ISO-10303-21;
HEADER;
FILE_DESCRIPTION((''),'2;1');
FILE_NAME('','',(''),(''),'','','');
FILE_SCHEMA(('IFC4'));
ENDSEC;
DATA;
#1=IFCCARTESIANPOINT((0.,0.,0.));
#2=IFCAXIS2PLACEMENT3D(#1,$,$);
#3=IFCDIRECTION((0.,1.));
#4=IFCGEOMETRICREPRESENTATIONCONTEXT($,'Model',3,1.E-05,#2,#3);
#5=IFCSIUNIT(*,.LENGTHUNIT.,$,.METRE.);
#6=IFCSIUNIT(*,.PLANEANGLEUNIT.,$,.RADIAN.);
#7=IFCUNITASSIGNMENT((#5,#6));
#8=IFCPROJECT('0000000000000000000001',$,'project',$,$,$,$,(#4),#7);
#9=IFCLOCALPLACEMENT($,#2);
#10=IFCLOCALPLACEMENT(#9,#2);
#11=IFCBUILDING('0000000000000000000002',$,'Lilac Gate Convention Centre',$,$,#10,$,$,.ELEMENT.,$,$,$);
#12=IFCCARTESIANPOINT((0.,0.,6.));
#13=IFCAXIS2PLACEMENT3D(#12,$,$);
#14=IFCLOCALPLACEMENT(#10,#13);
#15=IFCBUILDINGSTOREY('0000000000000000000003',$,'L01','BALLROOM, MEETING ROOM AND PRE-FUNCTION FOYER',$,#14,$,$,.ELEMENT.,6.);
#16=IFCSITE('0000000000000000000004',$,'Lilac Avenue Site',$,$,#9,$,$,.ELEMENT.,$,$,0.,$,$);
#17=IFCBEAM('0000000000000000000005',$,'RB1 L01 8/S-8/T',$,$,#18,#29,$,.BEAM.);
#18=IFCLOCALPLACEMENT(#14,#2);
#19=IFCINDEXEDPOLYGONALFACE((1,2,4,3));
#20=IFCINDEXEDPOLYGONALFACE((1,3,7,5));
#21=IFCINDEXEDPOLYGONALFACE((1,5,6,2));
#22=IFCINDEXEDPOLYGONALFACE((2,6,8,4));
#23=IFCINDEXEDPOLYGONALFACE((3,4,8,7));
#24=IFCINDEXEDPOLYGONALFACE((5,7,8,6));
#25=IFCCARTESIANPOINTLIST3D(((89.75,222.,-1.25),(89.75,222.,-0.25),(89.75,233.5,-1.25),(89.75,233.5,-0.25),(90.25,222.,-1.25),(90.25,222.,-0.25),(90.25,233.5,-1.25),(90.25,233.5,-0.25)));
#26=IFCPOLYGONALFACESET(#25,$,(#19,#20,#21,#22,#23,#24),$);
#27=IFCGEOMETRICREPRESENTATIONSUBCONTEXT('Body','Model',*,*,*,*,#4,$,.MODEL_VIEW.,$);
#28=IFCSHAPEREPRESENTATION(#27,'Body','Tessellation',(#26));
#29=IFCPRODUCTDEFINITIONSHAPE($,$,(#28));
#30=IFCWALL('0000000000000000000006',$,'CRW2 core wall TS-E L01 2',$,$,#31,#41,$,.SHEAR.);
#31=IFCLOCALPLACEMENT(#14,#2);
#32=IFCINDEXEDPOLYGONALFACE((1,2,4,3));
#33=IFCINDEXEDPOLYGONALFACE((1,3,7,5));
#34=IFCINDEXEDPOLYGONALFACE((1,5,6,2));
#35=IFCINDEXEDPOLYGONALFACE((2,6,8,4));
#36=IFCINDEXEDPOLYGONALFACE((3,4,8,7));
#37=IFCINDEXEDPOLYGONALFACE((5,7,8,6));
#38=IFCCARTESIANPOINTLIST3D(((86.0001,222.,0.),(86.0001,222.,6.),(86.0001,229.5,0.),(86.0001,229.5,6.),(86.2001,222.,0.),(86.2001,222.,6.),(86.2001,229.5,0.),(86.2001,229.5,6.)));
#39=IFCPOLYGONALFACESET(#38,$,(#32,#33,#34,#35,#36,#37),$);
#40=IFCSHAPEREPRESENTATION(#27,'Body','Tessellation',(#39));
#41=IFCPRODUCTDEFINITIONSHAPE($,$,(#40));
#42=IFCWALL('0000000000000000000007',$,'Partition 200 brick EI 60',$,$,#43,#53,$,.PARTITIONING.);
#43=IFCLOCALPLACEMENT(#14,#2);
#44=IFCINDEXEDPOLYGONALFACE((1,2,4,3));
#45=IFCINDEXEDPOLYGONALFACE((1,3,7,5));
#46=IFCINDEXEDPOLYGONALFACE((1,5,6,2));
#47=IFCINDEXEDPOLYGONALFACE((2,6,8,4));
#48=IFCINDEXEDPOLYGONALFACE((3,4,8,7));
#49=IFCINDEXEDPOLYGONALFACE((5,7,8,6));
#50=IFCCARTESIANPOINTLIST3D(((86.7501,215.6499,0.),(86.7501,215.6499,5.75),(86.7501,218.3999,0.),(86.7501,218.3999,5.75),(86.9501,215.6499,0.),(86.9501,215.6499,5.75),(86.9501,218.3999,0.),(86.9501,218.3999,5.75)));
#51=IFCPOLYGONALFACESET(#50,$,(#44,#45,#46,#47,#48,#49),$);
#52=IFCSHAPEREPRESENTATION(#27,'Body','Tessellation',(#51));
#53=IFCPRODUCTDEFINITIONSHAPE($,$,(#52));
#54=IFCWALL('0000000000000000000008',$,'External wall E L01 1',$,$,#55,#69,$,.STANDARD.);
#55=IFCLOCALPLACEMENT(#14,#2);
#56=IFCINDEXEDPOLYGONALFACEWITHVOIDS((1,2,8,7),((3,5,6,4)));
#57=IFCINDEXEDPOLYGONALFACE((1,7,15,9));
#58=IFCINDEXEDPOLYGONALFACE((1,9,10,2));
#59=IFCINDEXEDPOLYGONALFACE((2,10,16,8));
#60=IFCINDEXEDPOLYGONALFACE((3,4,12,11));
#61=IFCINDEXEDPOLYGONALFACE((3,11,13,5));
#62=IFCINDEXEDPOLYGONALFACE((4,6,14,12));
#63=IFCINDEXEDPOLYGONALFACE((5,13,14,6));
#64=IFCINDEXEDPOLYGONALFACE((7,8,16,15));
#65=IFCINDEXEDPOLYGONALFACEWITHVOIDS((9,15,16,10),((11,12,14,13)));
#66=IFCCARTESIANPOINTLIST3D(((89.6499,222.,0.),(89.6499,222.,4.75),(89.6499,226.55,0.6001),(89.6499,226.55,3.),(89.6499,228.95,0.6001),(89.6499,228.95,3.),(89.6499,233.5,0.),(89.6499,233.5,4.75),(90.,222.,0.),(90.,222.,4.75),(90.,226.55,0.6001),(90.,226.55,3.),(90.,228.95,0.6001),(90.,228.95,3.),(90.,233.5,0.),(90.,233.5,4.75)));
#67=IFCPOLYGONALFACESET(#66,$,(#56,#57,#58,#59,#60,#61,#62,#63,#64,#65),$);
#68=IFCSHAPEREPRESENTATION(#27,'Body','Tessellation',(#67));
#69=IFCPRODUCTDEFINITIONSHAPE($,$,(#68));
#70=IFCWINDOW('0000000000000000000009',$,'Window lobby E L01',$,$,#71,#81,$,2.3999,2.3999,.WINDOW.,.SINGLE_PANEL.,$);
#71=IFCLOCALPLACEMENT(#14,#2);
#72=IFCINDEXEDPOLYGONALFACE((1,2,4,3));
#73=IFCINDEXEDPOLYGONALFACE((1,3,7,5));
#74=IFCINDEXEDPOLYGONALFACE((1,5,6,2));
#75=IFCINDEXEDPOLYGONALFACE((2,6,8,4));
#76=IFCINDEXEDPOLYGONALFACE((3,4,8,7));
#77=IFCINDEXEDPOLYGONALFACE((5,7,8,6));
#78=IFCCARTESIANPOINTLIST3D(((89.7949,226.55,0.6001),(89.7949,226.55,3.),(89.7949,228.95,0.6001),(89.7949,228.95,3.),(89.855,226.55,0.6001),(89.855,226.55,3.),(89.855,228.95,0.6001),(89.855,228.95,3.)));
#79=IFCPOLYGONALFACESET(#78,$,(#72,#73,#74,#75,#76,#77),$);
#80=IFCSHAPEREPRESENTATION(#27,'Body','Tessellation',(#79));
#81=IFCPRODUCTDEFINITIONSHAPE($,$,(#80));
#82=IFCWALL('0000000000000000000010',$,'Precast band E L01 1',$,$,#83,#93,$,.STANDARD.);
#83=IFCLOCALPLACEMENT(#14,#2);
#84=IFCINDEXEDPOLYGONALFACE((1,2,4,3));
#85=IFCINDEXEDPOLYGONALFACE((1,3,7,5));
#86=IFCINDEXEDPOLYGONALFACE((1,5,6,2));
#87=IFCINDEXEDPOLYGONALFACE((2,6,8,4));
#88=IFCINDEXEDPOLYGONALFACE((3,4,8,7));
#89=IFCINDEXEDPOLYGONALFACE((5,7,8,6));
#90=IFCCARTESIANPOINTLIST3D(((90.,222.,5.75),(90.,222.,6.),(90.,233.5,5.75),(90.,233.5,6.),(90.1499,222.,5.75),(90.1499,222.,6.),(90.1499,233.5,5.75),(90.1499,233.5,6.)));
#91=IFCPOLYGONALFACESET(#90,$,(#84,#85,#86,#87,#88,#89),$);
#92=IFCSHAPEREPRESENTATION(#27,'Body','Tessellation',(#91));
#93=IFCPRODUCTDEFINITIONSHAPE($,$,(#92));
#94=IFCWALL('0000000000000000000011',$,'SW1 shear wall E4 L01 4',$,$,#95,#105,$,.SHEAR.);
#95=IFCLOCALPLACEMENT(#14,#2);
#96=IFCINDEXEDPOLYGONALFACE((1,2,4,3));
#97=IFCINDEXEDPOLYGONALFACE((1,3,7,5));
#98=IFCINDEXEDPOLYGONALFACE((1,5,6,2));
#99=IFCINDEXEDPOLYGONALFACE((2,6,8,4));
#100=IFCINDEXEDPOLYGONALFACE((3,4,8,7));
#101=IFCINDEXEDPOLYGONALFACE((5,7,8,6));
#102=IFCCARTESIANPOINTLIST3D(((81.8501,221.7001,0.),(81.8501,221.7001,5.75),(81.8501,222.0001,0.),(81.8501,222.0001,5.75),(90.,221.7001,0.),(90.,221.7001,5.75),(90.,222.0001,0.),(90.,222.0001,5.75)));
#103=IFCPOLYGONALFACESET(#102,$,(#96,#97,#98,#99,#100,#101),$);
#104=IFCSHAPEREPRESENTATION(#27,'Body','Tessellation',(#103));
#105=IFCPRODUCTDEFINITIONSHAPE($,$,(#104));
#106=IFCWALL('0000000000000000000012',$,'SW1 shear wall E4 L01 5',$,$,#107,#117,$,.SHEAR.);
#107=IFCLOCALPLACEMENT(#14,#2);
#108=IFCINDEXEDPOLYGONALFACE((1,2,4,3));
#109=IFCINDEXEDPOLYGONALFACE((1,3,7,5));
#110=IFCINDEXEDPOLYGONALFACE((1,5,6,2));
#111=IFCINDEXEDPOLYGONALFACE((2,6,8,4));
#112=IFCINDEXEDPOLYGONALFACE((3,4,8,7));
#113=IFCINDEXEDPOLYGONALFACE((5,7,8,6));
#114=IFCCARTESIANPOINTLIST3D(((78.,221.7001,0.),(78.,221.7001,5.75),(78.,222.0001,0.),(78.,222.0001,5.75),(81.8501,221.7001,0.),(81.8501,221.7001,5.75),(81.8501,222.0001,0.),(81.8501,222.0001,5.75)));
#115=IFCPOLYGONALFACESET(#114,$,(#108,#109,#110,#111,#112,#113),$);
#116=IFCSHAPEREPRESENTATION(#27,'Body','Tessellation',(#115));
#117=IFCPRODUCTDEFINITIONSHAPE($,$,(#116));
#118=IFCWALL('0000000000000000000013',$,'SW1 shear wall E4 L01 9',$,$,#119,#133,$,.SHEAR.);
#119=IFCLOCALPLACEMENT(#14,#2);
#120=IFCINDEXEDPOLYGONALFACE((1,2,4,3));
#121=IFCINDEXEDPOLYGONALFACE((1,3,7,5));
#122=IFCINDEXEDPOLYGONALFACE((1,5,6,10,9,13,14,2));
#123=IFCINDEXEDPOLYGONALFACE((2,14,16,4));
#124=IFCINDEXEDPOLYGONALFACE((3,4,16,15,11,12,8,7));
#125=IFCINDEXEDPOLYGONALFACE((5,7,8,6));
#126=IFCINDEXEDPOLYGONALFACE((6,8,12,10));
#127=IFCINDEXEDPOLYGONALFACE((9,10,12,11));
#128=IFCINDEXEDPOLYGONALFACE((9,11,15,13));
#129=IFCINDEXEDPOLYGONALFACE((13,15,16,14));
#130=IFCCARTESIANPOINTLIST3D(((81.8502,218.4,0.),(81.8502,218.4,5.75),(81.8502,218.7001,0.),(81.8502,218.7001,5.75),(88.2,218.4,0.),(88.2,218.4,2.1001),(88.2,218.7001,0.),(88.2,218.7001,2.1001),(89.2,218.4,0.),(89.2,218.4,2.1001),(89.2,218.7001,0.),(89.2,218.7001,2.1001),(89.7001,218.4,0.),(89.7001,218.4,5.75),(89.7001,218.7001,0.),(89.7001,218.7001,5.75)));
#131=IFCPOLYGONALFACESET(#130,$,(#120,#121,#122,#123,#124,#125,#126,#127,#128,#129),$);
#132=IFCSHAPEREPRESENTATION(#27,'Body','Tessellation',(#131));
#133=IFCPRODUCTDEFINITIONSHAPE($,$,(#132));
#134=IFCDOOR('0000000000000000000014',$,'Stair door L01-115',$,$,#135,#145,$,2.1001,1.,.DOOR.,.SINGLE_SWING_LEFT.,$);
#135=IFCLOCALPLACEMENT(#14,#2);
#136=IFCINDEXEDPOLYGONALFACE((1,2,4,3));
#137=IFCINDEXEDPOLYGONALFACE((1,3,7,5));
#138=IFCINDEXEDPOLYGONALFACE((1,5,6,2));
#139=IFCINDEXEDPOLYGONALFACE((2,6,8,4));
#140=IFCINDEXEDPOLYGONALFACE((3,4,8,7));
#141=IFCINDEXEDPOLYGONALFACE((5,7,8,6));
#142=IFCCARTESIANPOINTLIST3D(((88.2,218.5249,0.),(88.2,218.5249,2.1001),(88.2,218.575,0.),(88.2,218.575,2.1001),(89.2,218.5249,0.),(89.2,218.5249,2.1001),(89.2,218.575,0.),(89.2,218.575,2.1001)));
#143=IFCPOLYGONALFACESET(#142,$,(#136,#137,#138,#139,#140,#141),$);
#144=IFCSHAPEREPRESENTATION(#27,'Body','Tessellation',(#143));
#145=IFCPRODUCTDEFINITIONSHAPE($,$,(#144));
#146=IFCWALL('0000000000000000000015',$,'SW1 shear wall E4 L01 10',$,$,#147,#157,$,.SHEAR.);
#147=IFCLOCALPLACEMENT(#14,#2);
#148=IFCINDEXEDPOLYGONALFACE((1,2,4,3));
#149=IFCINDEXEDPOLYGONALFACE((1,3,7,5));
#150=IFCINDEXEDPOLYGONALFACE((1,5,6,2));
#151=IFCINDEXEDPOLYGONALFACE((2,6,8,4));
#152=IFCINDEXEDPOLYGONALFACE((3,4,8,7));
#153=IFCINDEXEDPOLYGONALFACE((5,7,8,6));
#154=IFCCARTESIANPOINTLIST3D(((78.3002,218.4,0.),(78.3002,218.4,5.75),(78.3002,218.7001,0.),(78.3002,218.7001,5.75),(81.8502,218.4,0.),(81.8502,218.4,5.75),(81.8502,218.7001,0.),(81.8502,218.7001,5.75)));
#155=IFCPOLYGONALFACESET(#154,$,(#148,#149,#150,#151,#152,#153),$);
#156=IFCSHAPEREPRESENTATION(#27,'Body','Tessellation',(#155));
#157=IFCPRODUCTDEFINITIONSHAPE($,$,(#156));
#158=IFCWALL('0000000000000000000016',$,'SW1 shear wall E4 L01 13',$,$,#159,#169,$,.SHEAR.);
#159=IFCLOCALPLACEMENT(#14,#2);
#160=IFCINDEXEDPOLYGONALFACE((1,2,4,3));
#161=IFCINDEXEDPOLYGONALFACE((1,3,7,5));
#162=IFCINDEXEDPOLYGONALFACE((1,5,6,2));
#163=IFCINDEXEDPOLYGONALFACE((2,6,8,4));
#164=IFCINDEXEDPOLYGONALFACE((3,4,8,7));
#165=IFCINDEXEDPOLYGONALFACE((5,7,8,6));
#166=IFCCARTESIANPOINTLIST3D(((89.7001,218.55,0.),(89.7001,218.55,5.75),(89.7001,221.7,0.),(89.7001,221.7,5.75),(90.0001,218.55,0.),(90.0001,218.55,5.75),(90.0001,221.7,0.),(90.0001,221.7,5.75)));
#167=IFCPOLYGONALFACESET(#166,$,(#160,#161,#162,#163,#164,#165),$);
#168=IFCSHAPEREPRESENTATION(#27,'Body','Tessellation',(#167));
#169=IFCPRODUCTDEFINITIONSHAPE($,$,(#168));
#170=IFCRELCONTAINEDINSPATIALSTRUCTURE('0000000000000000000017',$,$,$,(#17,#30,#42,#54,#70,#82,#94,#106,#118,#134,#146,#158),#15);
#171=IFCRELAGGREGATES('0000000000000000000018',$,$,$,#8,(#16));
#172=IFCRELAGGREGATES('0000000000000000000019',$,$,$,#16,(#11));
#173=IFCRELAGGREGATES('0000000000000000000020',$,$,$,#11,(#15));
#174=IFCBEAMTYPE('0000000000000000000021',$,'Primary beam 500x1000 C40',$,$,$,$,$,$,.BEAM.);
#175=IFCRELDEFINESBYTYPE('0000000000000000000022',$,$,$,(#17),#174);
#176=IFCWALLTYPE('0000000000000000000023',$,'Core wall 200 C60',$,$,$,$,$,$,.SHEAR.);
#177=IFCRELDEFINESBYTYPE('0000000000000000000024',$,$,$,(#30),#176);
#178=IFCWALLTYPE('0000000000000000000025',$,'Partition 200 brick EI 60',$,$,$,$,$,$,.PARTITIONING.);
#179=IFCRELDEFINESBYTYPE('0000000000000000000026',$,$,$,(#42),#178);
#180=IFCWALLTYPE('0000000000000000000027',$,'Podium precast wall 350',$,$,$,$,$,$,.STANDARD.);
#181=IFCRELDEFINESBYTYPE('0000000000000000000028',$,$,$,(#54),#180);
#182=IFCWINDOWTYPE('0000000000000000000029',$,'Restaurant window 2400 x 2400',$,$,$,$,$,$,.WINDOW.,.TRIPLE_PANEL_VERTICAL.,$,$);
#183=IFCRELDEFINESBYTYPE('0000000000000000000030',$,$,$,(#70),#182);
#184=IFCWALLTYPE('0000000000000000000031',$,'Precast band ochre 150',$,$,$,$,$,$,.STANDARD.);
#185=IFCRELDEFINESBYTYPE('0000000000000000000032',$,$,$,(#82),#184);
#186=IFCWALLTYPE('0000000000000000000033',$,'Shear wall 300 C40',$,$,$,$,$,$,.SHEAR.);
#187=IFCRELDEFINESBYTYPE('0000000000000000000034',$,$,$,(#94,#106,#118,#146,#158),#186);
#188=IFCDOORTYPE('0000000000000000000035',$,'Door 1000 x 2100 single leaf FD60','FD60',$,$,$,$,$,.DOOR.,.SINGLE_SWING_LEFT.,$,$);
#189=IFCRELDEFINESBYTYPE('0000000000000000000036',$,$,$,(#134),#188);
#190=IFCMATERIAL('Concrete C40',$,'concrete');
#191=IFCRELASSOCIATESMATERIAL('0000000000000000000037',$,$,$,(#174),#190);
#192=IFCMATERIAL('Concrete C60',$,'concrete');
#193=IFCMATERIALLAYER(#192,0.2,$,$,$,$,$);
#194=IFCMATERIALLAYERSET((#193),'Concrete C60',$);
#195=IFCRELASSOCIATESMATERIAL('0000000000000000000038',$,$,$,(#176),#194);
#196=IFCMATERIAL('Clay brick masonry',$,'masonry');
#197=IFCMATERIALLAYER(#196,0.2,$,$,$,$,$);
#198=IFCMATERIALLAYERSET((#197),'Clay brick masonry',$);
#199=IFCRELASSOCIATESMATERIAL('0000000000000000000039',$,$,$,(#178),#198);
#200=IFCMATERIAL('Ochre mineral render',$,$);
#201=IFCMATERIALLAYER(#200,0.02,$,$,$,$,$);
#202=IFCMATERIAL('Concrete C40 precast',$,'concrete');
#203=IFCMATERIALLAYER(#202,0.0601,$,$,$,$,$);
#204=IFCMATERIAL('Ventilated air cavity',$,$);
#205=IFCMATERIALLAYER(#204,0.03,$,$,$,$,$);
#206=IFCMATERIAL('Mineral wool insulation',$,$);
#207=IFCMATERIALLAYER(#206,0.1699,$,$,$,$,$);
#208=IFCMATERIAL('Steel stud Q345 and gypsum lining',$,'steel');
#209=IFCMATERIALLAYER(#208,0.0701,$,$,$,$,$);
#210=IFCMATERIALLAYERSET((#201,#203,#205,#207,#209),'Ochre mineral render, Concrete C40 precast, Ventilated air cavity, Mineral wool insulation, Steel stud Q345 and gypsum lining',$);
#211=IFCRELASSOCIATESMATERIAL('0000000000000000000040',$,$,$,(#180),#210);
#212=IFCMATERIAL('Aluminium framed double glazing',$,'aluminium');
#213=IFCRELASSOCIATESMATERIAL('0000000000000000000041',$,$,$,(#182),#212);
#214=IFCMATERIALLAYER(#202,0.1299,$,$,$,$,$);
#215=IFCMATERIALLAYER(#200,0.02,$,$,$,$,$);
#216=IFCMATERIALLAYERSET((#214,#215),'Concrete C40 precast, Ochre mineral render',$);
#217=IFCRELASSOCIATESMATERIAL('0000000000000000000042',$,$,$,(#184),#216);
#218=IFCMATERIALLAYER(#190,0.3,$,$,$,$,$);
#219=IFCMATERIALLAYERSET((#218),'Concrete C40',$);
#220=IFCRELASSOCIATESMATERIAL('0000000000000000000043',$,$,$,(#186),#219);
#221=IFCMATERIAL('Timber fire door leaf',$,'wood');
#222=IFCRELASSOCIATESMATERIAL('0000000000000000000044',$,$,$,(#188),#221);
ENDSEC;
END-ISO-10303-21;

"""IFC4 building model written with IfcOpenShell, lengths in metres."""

from ifc_helpers import new_model, si_unit, direction, frame, frame_2d, origin, origin_2d, place, context, subcontext, project, spatial, rectangle, extrude, material, layer, layer_set, material_profile, profile_set, type_object, element, fill, save


model = new_model("IFC4")

# Units and contexts
model_context = context("Model", 3, precision=1e-05, world=origin(), true_north=direction((0.0, 1.0)))
body_context = subcontext(model_context, "Body", "Model", "MODEL_VIEW")
ifc_project = project(units=[si_unit("LENGTHUNIT", "METRE"), si_unit("PLANEANGLEUNIT", "RADIAN")], contexts=[model_context])

# Site, building, storey
site_placement = place(None, origin())
site = spatial("IfcSite", under=ifc_project, at=site_placement, Name="Lilac Avenue Site", CompositionType="ELEMENT", RefElevation=0.0)
building_placement = place(site_placement, origin())
building = spatial("IfcBuilding", under=site, at=building_placement, Name="Lilac Gate Convention Centre", CompositionType="ELEMENT")
storey_placement = place(building_placement, frame((0.0, 0.0, 6.0)))
storey = spatial("IfcBuildingStorey", under=building, at=storey_placement, Name="L01", Description="BALLROOM, MEETING ROOM AND PRE-FUNCTION FOYER", CompositionType="ELEMENT", Elevation=6.0)

# Beam
ifc_material_1 = material(Name="Concrete C40", Category="concrete")
ifc_material_profile = material_profile(ifc_material_1, rectangle(XDim=0.5, YDim=1.0, at=origin_2d()), Name="RC 500x1000")
ifc_profile_set = profile_set([ifc_material_profile], Name="Concrete C40")
beam_type = type_object("IfcBeamType", Name="Primary beam 500x1000 C40", PredefinedType="BEAM", material=ifc_profile_set)
beam_placement = place(storey_placement, frame((90.0, 222.0, -0.75), z_axis=(0.0, 1.0, 0.0), x_axis=(-1.0, 0.0, 0.0)))
element("IfcBeam", 1, at=beam_placement, inside=storey, type_object=beam_type, Name="RB1 L01 8/S-8/T", PredefinedType="BEAM", context=body_context, shape_type="SweptSolid", body=[
    extrude(rectangle(XDim=0.5, YDim=1.0, at=origin_2d()), origin(), (0.0, 0.0, 1.0), 11.5),
])

# Walls
ifc_material_2 = material(Name="Concrete C60", Category="concrete")
ifc_layer_1 = layer(ifc_material_2, 0.2)
ifc_layer_set_1 = layer_set([ifc_layer_1], Name="Concrete C60")
wall_type_1 = type_object("IfcWallType", Name="Core wall 200 C60", PredefinedType="SHEAR", material=ifc_layer_set_1)
wall_1_placement = place(storey_placement, frame((86.1001, 222.0, 0.0), z_axis=(0.0, 0.0, 1.0), x_axis=(0.0, 1.0, 0.0)))
element("IfcWall", 2, at=wall_1_placement, inside=storey, type_object=wall_type_1, Name="CRW2 core wall TS-E L01 2", PredefinedType="SHEAR", context=body_context, shape_type="SweptSolid", body=[
    extrude(rectangle(XDim=7.5, YDim=0.2, at=frame_2d((3.75, 0.0))), origin(), (0.0, 0.0, 1.0), 6.0),
])
ifc_material_3 = material(Name="Clay brick masonry", Category="masonry")
ifc_layer_2 = layer(ifc_material_3, 0.2)
ifc_layer_set_2 = layer_set([ifc_layer_2], Name="Clay brick masonry")
wall_type_2 = type_object("IfcWallType", Name="Partition 200 brick EI 60", PredefinedType="PARTITIONING", material=ifc_layer_set_2)
wall_2_placement = place(storey_placement, frame((86.8501, 215.6499, 0.0), z_axis=(0.0, 0.0, 1.0), x_axis=(0.0, 1.0, 0.0)))
element("IfcWall", 3, at=wall_2_placement, inside=storey, type_object=wall_type_2, Name="Partition 200 brick EI 60", PredefinedType="PARTITIONING", context=body_context, shape_type="SweptSolid", body=[
    extrude(rectangle(XDim=2.75, YDim=0.2, at=frame_2d((1.375, 0.0))), origin(), (0.0, 0.0, 1.0), 5.75),
])

# Wall, opening, window
ifc_material_4 = material(Name="Ochre mineral render")
ifc_layer_3 = layer(ifc_material_4, 0.02)
ifc_material_5 = material(Name="Concrete C40 precast", Category="concrete")
ifc_layer_4 = layer(ifc_material_5, 0.0601)
ifc_material_6 = material(Name="Ventilated air cavity")
ifc_layer_5 = layer(ifc_material_6, 0.03)
ifc_material_7 = material(Name="Mineral wool insulation")
ifc_layer_6 = layer(ifc_material_7, 0.1699)
ifc_material_8 = material(Name="Steel stud Q345 and gypsum lining", Category="steel")
ifc_layer_7 = layer(ifc_material_8, 0.0701)
ifc_layer_set_3 = layer_set([ifc_layer_3, ifc_layer_4, ifc_layer_5, ifc_layer_6, ifc_layer_7], Name="Ochre mineral render, Concrete C40 precast, Ventilated air cavity, Mineral wool insulation, Steel stud Q345 and gypsum lining")
wall_type_3 = type_object("IfcWallType", Name="Podium precast wall 350", PredefinedType="STANDARD", material=ifc_layer_set_3)
wall_3_placement = place(storey_placement, frame((89.825, 222.0, 0.0), z_axis=(0.0, 0.0, 1.0), x_axis=(0.0, 1.0, 0.0)))
wall_3 = element("IfcWall", 4, at=wall_3_placement, inside=storey, type_object=wall_type_3, Name="External wall E L01 1", PredefinedType="STANDARD", context=body_context, shape_type="SweptSolid", body=[
    extrude(rectangle(XDim=11.5, YDim=0.3501, at=frame_2d((5.75, 0.0))), origin(), (0.0, 0.0, 1.0), 4.75),
])
opening_1_placement = place(wall_3_placement, frame((4.55, 0.0, 0.6001)))
opening_1 = element("IfcOpeningElement", 5, at=opening_1_placement, cuts=wall_3, PredefinedType="OPENING", context=body_context, shape_type="SweptSolid", body=[
    extrude(rectangle(XDim=2.3999, YDim=2.3999, at=frame_2d((1.2, 1.2))), frame((0.0, 0.1851, 0.0), z_axis=(0.0, -1.0, 0.0), x_axis=(1.0, 0.0, 0.0)), (0.0, 0.0, 1.0), 0.3701),
])
ifc_material_9 = material(Name="Aluminium framed double glazing", Category="aluminium")
window_type = type_object("IfcWindowType", Name="Restaurant window 2400 x 2400", PartitioningType="TRIPLE_PANEL_VERTICAL", PredefinedType="WINDOW", material=ifc_material_9)
window_placement = place(opening_1_placement, origin())
window = element("IfcWindow", 6, at=window_placement, inside=storey, type_object=window_type, Name="Window lobby E L01", OverallHeight=2.3999, OverallWidth=2.3999, PartitioningType="SINGLE_PANEL", PredefinedType="WINDOW", context=body_context, shape_type="SweptSolid", body=[
    extrude(rectangle(XDim=2.3999, YDim=2.3999, at=frame_2d((1.2, 1.2))), frame((0.0, 0.03, 0.0), z_axis=(0.0, -1.0, 0.0), x_axis=(1.0, 0.0, 0.0)), (0.0, 0.0, 1.0), 0.0601),
])
fill(opening_1, window)

# Walls
ifc_layer_8 = layer(ifc_material_5, 0.1299)
ifc_layer_9 = layer(ifc_material_4, 0.02)
ifc_layer_set_4 = layer_set([ifc_layer_8, ifc_layer_9], Name="Concrete C40 precast, Ochre mineral render")
wall_type_4 = type_object("IfcWallType", Name="Precast band ochre 150", PredefinedType="STANDARD", material=ifc_layer_set_4)
wall_4_placement = place(storey_placement, frame((90.075, 222.0, 5.75), z_axis=(0.0, 0.0, 1.0), x_axis=(0.0, 1.0, 0.0)))
element("IfcWall", 7, at=wall_4_placement, inside=storey, type_object=wall_type_4, Name="Precast band E L01 1", PredefinedType="STANDARD", context=body_context, shape_type="SweptSolid", body=[
    extrude(rectangle(XDim=11.5, YDim=0.1499, at=frame_2d((5.75, 0.0))), origin(), (0.0, 0.0, 1.0), 0.25),
])
ifc_layer_10 = layer(ifc_material_1, 0.3)
ifc_layer_set_5 = layer_set([ifc_layer_10], Name="Concrete C40")
wall_type_5 = type_object("IfcWallType", Name="Shear wall 300 C40", PredefinedType="SHEAR", material=ifc_layer_set_5)
wall_5_placement = place(storey_placement, frame((90.0, 221.8501, 0.0), z_axis=(0.0, 0.0, 1.0), x_axis=(-1.0, 0.0, 0.0)))
element("IfcWall", 8, at=wall_5_placement, inside=storey, type_object=wall_type_5, Name="SW1 shear wall E4 L01 4", PredefinedType="SHEAR", context=body_context, shape_type="SweptSolid", body=[
    extrude(rectangle(XDim=8.1499, YDim=0.3, at=frame_2d((4.075, 0.0))), origin(), (0.0, 0.0, 1.0), 5.75),
])
wall_6_placement = place(storey_placement, frame((81.8501, 221.8501, 0.0), z_axis=(0.0, 0.0, 1.0), x_axis=(-1.0, 0.0, 0.0)))
element("IfcWall", 9, at=wall_6_placement, inside=storey, type_object=wall_type_5, Name="SW1 shear wall E4 L01 5", PredefinedType="SHEAR", context=body_context, shape_type="SweptSolid", body=[
    extrude(rectangle(XDim=3.8501, YDim=0.3, at=frame_2d((1.925, 0.0))), origin(), (0.0, 0.0, 1.0), 5.75),
])

# Wall, opening, door
wall_7_placement = place(storey_placement, frame((89.7, 218.55, 0.0), z_axis=(0.0, 0.0, 1.0), x_axis=(-1.0, 0.0, 0.0)))
wall_7 = element("IfcWall", 10, at=wall_7_placement, inside=storey, type_object=wall_type_5, Name="SW1 shear wall E4 L01 9", PredefinedType="SHEAR", context=body_context, shape_type="SweptSolid", body=[
    extrude(rectangle(XDim=7.8499, YDim=0.3, at=frame_2d((3.9248, 0.0))), origin(), (0.0, 0.0, 1.0), 5.75),
])
opening_2_placement = place(wall_7_placement, frame((0.5, 0.0, 0.0)))
opening_2 = element("IfcOpeningElement", 11, at=opening_2_placement, cuts=wall_7, PredefinedType="OPENING", context=body_context, shape_type="SweptSolid", body=[
    extrude(rectangle(XDim=1.0, YDim=2.1001, at=frame_2d((0.5, 1.05))), frame((0.0, 0.1599, 0.0), z_axis=(0.0, -1.0, 0.0), x_axis=(1.0, 0.0, 0.0)), (0.0, 0.0, 1.0), 0.3201),
])
ifc_material_10 = material(Name="Timber fire door leaf", Category="wood")
door_type = type_object("IfcDoorType", Name="Door 1000 x 2100 single leaf FD60", Description="FD60", OperationType="SINGLE_SWING_LEFT", PredefinedType="DOOR", material=ifc_material_10)
door_placement = place(opening_2_placement, frame((1.0, 0.0, 0.0), z_axis=(0.0, 0.0, 1.0), x_axis=(-1.0, 0.0, 0.0)))
door = element("IfcDoor", 12, at=door_placement, inside=storey, type_object=door_type, Name="Stair door L01-115", OperationType="SINGLE_SWING_LEFT", OverallHeight=2.1001, OverallWidth=1.0, PredefinedType="DOOR", context=body_context, shape_type="SweptSolid", body=[
    extrude(rectangle(XDim=1.0, YDim=2.1001, at=frame_2d((0.5, 1.05))), frame((0.0, 0.0249, 0.0), z_axis=(0.0, -1.0, 0.0), x_axis=(1.0, 0.0, 0.0)), (0.0, 0.0, 1.0), 0.05),
])
fill(opening_2, door)

# Walls
wall_8_placement = place(storey_placement, frame((81.8501, 218.55, 0.0), z_axis=(0.0, 0.0, 1.0), x_axis=(-1.0, 0.0, 0.0)))
element("IfcWall", 13, at=wall_8_placement, inside=storey, type_object=wall_type_5, Name="SW1 shear wall E4 L01 10", PredefinedType="SHEAR", context=body_context, shape_type="SweptSolid", body=[
    extrude(rectangle(XDim=3.55, YDim=0.3, at=frame_2d((1.7749, 0.0))), origin(), (0.0, 0.0, 1.0), 5.75),
])
wall_9_placement = place(storey_placement, frame((89.8501, 218.55, 0.0), z_axis=(0.0, 0.0, 1.0), x_axis=(0.0, 1.0, 0.0)))
element("IfcWall", 14, at=wall_9_placement, inside=storey, type_object=wall_type_5, Name="SW1 shear wall E4 L01 13", PredefinedType="SHEAR", context=body_context, shape_type="SweptSolid", body=[
    extrude(rectangle(XDim=3.1499, YDim=0.3, at=frame_2d((1.575, 0.0))), origin(), (0.0, 0.0, 1.0), 5.75),
])

save(model, "model.ifc")
